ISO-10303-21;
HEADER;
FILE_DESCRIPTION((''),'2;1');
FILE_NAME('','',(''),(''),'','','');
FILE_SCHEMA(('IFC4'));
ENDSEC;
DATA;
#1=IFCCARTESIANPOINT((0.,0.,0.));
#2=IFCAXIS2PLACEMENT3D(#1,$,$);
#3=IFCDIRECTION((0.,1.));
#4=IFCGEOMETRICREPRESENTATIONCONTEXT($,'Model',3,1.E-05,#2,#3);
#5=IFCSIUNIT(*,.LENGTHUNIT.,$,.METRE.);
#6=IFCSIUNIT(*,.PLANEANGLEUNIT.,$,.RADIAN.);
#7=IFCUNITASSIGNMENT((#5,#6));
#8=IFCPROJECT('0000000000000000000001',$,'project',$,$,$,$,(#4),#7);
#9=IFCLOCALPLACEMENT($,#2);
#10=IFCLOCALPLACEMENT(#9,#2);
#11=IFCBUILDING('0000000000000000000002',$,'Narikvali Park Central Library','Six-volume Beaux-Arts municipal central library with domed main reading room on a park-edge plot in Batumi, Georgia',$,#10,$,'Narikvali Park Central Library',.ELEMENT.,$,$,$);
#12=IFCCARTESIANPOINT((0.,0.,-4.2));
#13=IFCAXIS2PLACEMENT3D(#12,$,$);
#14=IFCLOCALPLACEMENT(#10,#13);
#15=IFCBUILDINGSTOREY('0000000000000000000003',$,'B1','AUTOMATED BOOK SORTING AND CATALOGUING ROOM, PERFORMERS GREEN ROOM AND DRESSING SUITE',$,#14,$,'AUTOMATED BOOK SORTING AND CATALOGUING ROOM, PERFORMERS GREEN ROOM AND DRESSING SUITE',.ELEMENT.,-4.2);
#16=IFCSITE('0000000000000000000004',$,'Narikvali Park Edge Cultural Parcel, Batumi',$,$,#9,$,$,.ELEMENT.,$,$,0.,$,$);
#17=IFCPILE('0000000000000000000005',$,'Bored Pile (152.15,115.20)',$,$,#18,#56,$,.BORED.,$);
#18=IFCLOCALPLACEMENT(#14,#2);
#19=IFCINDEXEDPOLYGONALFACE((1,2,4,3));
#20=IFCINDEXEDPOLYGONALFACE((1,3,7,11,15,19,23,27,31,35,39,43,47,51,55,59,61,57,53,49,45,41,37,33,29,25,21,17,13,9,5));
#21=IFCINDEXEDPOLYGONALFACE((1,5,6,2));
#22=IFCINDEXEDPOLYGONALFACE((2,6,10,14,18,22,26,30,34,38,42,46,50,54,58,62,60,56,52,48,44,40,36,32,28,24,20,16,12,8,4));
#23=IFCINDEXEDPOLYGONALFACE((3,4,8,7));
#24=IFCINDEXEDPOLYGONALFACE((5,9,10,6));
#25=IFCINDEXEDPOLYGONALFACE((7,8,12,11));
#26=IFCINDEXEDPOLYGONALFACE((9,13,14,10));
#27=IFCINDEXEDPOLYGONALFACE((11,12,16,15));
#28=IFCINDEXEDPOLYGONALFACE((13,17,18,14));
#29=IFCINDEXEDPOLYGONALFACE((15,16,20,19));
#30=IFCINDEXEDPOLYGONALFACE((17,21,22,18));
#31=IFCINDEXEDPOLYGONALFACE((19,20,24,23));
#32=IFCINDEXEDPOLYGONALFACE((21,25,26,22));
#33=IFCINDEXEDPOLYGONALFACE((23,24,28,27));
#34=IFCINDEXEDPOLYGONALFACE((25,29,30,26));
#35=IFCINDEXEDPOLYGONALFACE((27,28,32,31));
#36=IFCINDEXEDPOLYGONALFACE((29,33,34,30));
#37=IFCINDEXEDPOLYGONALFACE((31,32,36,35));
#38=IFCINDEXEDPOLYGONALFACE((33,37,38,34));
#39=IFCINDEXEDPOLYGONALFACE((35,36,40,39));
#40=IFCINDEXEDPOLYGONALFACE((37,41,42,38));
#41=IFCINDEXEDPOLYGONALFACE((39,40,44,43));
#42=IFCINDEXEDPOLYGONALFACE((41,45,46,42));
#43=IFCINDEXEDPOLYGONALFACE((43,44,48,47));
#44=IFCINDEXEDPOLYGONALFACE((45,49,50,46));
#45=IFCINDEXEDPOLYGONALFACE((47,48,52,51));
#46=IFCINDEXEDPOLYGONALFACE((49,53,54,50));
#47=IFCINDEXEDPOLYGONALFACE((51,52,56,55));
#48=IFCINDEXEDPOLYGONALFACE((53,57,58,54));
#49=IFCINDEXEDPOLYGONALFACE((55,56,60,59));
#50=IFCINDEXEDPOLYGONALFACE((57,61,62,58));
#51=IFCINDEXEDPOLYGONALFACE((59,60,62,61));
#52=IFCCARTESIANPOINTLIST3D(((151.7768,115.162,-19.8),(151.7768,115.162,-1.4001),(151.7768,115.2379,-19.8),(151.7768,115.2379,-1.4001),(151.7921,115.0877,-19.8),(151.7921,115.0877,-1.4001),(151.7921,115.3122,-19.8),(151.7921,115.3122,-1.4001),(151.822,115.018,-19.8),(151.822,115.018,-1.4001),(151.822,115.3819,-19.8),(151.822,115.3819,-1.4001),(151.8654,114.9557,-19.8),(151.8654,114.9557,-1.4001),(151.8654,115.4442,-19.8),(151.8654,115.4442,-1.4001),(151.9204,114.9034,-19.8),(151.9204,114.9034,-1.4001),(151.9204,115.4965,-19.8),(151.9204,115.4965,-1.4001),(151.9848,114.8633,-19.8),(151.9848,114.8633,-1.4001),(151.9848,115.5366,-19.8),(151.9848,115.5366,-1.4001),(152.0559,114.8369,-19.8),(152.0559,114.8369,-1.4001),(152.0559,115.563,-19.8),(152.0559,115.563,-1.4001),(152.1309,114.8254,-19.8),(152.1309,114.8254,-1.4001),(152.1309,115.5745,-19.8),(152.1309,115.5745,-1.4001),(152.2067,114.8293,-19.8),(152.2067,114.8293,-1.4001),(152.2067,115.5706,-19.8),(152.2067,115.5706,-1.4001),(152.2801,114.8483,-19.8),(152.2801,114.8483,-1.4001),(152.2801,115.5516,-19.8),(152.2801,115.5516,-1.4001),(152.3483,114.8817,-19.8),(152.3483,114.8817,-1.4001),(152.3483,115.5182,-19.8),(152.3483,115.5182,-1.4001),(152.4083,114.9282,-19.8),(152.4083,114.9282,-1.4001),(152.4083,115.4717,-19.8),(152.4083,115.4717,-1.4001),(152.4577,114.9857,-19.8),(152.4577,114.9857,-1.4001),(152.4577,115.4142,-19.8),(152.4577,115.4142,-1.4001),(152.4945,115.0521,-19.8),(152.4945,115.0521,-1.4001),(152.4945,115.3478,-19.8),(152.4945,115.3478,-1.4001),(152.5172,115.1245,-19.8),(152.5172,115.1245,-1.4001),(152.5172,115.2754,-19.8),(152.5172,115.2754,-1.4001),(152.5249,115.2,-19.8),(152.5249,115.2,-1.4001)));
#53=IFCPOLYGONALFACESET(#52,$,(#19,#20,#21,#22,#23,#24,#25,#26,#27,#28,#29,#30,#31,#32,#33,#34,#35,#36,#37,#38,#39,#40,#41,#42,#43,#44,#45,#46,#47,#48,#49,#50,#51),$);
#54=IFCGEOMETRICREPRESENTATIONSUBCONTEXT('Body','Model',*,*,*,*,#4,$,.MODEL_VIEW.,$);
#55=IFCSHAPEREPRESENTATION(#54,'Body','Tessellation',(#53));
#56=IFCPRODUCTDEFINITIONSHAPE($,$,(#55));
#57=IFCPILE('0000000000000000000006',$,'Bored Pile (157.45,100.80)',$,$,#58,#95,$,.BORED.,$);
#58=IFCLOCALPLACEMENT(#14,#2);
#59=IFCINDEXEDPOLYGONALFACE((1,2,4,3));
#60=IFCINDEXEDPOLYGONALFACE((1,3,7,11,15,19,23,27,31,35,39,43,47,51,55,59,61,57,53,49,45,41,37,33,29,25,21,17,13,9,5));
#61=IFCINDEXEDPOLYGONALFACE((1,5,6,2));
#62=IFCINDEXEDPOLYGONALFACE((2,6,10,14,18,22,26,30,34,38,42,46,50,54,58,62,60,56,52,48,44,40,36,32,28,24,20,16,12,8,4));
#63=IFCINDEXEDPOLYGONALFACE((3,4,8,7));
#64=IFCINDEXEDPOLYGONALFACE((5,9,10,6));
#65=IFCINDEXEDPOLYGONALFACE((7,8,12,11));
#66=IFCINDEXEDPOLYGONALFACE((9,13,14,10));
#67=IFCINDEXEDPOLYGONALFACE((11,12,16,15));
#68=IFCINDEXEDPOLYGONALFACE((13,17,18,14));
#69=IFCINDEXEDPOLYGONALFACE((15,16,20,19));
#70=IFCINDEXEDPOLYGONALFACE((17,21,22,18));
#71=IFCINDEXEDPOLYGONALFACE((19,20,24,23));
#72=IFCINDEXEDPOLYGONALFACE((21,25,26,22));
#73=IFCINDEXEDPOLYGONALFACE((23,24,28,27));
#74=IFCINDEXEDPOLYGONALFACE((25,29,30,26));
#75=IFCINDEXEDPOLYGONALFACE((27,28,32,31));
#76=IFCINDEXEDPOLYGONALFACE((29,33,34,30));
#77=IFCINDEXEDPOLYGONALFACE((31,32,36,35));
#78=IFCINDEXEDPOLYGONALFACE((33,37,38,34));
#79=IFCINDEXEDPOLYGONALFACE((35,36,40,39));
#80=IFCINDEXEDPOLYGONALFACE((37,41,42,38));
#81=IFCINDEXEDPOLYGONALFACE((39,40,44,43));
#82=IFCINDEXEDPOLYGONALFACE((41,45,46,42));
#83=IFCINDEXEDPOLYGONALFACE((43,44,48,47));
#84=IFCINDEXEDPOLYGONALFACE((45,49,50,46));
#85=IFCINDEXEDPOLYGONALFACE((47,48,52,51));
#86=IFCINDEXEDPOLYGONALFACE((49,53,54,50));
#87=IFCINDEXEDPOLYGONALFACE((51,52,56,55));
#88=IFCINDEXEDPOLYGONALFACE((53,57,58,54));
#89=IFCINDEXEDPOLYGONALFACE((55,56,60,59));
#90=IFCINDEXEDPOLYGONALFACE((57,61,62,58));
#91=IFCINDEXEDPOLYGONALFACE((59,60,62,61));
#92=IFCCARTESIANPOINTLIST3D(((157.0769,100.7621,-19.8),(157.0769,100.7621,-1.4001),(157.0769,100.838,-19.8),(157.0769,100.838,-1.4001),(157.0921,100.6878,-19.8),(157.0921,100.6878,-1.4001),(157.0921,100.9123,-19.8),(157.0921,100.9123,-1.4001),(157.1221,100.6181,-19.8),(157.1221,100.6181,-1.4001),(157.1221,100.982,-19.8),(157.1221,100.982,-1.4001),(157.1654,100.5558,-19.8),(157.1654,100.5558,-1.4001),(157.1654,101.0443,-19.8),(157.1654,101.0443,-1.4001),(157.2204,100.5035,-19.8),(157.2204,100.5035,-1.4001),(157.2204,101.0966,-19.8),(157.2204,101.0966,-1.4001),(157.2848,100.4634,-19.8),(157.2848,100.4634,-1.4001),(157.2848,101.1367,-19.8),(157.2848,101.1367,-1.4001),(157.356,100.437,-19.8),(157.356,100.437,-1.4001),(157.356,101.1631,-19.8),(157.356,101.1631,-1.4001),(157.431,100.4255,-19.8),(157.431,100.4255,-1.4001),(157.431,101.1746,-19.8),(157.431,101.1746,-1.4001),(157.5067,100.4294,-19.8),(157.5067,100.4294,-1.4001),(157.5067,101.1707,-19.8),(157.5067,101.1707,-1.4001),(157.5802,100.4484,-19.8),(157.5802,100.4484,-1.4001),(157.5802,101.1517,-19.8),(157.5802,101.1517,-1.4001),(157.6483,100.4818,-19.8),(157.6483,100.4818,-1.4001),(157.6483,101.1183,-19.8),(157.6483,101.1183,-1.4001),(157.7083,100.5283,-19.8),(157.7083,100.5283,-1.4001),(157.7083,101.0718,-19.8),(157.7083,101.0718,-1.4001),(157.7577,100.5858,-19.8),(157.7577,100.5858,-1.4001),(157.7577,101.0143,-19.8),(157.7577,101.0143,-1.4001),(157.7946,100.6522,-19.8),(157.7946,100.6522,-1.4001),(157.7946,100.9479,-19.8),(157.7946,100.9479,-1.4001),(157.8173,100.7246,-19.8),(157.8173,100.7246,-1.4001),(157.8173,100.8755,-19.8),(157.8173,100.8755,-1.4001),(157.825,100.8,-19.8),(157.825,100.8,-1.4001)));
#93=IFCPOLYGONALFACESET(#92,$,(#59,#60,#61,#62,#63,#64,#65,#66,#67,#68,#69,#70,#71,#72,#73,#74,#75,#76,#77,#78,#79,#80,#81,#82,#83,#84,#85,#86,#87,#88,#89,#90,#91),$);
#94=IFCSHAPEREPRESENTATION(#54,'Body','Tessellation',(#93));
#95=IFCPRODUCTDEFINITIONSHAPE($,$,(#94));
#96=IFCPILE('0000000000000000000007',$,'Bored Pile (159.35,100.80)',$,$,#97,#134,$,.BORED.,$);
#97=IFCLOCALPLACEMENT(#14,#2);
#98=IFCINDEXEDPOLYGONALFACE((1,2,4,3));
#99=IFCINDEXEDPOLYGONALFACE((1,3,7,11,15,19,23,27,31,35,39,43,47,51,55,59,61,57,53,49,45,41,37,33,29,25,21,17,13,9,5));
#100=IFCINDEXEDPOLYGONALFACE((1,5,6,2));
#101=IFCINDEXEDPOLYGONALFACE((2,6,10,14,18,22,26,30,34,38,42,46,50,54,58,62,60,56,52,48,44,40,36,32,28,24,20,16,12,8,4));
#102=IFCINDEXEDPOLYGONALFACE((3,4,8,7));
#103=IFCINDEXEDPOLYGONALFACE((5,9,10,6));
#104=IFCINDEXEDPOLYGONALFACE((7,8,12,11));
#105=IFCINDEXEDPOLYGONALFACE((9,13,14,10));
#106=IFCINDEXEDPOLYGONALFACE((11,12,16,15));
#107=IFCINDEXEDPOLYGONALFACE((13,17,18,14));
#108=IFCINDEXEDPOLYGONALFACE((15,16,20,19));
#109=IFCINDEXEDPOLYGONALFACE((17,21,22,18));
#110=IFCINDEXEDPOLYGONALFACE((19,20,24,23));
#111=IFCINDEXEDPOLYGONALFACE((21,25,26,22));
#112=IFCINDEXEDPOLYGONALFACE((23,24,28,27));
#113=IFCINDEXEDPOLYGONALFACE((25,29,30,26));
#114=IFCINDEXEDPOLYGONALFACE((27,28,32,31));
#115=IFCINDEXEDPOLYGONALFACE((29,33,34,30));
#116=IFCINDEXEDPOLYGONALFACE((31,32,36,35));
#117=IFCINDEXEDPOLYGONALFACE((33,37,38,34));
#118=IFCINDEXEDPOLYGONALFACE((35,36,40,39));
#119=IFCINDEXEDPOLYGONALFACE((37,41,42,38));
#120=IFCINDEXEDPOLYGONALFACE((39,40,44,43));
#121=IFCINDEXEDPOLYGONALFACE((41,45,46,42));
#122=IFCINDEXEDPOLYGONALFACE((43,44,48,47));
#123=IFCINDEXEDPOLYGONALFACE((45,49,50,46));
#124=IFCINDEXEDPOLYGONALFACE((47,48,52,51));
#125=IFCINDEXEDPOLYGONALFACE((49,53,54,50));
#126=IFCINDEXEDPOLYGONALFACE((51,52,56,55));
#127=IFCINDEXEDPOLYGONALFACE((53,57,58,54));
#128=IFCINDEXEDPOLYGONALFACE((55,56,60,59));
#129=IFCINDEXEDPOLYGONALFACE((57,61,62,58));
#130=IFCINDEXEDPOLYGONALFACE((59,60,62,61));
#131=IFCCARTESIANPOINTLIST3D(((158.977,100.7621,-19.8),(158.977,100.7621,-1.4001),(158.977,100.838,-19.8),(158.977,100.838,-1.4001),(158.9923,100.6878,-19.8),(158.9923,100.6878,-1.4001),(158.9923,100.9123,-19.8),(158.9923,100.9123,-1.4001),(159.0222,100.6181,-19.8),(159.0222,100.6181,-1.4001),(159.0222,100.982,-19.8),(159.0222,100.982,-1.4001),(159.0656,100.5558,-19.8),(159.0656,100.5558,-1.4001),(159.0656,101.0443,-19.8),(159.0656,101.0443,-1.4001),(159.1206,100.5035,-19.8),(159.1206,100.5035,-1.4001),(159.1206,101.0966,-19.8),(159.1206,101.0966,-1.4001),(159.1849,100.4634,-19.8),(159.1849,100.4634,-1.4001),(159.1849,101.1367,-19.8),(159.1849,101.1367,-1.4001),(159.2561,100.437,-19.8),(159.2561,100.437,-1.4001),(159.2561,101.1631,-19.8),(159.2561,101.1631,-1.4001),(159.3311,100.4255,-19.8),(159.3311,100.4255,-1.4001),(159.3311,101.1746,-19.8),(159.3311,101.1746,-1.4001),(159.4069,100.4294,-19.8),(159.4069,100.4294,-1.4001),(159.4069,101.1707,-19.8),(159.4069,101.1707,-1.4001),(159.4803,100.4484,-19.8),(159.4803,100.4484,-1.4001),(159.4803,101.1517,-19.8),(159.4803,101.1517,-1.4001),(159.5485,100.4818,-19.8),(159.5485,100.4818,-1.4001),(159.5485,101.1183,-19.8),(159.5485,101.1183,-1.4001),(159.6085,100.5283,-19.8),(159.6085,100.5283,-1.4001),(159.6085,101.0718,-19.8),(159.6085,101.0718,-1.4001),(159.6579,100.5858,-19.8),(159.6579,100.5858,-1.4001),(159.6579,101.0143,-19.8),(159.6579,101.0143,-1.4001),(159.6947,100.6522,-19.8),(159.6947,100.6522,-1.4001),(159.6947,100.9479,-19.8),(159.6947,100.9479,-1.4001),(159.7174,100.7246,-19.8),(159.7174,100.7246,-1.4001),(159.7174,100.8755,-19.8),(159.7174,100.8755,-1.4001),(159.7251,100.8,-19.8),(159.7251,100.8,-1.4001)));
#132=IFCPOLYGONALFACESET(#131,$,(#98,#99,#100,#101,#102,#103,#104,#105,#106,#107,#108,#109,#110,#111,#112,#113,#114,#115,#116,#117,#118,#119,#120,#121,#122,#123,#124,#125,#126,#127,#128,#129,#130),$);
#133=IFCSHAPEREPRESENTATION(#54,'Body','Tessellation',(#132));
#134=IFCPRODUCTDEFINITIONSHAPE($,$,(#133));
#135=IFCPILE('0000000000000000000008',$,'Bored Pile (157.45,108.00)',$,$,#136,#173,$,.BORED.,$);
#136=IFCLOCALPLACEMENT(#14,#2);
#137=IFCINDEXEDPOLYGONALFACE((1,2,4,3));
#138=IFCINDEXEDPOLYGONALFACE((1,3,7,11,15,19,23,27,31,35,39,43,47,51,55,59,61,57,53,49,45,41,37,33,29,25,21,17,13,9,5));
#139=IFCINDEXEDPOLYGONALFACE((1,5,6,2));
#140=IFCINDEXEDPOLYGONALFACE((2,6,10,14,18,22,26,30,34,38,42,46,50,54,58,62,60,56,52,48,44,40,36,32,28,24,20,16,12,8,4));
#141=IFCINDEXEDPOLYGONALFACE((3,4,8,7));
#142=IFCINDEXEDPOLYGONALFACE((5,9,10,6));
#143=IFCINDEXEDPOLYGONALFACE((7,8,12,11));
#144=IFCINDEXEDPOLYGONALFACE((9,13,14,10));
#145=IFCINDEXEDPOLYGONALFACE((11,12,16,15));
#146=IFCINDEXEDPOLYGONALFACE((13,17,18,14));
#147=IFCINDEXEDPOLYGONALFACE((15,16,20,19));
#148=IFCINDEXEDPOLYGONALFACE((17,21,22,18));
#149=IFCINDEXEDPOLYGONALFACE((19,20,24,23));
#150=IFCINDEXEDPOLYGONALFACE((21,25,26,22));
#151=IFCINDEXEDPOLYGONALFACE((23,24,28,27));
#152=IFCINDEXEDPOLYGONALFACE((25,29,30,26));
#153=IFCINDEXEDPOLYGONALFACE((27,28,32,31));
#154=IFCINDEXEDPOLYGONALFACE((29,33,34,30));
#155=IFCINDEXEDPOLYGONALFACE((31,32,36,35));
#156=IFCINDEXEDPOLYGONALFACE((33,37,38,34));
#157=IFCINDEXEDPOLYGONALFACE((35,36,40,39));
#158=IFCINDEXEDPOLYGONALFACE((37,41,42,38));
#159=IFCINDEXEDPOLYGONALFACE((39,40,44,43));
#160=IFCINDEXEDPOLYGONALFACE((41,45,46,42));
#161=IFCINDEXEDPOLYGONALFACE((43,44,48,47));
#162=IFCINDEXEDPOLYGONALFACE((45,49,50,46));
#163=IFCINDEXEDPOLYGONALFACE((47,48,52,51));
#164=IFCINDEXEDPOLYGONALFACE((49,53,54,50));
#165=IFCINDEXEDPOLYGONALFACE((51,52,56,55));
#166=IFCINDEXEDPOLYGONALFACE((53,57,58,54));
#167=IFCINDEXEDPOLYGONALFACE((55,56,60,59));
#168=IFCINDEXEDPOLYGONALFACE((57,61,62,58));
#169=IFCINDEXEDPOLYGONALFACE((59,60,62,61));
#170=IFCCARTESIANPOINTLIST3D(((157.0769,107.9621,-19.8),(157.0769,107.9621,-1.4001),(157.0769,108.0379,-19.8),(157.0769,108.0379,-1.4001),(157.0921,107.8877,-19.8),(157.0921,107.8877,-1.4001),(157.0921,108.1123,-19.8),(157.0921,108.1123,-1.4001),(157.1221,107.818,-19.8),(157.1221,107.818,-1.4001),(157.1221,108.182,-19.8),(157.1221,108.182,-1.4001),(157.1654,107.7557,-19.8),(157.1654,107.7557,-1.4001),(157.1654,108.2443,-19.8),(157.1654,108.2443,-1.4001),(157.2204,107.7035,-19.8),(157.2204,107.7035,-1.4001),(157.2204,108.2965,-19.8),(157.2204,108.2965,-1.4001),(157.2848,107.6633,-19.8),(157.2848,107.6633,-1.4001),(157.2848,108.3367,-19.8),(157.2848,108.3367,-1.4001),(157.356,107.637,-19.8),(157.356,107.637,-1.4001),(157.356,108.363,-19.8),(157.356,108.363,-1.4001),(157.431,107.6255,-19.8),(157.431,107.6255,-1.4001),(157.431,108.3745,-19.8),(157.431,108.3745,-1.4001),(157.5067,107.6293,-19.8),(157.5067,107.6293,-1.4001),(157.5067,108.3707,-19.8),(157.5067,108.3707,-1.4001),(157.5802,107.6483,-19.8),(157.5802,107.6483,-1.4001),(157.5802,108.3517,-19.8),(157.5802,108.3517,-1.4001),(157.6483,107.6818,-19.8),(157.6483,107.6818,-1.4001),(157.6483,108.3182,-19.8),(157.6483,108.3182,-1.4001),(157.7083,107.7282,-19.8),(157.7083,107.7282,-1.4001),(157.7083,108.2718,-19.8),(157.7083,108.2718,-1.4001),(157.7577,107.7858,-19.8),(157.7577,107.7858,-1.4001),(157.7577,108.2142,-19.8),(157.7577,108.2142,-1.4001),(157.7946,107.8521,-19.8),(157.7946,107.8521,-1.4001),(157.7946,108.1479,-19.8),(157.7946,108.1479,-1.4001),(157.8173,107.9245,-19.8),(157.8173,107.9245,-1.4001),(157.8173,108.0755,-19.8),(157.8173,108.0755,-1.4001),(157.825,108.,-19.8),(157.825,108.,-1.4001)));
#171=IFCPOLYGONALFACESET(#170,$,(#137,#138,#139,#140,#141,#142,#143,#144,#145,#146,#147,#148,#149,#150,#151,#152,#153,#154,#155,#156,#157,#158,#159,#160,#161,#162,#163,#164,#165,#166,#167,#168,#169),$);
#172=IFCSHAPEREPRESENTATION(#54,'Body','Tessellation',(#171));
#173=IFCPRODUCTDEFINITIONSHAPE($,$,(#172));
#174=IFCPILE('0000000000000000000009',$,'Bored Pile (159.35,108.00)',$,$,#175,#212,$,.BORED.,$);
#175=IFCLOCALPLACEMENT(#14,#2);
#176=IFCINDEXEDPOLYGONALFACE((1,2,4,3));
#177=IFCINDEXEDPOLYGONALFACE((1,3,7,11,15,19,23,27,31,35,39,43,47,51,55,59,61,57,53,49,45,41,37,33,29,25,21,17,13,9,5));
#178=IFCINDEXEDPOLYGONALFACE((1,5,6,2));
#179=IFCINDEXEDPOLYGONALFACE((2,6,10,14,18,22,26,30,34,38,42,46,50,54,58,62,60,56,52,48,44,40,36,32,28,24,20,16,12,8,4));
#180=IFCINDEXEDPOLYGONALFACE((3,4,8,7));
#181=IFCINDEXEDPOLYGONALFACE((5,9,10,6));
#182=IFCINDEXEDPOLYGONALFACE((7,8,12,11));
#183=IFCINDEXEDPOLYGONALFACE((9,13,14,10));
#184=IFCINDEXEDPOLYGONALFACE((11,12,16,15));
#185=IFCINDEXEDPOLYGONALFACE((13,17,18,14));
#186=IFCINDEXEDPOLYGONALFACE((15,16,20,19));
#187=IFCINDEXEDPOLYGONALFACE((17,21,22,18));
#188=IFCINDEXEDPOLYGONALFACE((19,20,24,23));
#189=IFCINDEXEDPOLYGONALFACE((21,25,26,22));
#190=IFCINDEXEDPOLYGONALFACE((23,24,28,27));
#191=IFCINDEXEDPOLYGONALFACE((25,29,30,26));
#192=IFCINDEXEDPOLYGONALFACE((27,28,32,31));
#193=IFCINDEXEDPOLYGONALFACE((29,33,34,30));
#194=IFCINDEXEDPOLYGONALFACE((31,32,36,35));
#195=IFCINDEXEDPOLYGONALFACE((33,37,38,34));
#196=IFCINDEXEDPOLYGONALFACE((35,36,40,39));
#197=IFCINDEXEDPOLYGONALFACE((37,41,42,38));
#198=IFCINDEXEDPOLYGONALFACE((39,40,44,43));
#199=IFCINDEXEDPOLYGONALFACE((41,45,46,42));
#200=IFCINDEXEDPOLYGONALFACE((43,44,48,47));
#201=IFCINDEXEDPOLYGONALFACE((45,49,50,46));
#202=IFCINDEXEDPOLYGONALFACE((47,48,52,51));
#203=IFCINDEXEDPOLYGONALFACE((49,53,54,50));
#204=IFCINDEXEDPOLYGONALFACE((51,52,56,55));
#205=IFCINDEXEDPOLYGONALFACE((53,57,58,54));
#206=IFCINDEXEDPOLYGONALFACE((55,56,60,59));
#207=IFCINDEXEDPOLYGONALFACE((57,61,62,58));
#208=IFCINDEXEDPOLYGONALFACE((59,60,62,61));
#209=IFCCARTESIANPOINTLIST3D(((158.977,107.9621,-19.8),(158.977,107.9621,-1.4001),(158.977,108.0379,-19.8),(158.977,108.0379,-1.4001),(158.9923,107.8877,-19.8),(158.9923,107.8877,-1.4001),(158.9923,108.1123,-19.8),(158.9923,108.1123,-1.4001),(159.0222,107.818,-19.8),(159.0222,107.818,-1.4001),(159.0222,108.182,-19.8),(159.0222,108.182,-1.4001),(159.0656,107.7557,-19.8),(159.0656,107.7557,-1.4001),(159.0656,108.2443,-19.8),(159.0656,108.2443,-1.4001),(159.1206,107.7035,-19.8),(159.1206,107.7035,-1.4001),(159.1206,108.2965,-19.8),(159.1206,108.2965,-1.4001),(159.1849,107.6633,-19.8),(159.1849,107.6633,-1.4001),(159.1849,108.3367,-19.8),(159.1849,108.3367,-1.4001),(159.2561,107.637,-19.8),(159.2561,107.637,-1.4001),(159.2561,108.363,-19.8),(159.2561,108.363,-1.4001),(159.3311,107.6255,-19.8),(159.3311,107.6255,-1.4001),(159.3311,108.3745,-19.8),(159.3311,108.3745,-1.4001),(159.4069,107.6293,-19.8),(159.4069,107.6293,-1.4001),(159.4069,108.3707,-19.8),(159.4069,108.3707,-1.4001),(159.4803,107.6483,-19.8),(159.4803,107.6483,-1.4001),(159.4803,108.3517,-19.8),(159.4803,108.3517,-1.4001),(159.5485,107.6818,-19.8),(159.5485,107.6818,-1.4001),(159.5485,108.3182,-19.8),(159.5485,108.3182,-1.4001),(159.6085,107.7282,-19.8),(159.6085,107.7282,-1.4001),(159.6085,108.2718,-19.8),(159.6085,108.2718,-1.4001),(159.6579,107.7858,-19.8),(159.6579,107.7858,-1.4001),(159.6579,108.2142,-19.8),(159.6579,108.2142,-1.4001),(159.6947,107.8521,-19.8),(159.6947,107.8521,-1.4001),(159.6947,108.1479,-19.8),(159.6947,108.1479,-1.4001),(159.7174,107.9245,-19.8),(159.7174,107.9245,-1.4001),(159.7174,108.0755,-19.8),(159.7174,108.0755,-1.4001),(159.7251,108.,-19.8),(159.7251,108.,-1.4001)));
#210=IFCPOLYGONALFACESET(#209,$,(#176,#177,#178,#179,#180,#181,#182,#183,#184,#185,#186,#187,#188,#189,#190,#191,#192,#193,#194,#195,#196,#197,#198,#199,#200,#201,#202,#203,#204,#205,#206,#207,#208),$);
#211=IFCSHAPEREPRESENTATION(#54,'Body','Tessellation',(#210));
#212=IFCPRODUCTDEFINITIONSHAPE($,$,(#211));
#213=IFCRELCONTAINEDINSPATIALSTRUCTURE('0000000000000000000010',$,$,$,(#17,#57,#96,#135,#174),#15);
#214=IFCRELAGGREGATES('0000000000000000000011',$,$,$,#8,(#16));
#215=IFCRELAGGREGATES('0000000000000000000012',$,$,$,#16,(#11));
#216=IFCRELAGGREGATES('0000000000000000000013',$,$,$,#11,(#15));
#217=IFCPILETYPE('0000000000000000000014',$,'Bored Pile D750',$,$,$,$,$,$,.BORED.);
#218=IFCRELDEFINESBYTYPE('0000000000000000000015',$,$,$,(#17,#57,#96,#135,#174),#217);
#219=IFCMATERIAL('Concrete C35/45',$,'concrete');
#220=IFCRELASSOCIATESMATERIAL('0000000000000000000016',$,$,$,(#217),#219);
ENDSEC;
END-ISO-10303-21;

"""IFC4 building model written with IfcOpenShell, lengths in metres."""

from ifc_helpers import new_model, si_unit, direction, frame, origin, origin_2d, place, context, subcontext, project, spatial, circle, extrude, material, material_profile, profile_set, type_object, element, save


model = new_model("IFC4")

# Units and contexts
model_context = context("Model", 3, precision=1e-05, world=origin(), true_north=direction((0.0, 1.0)))
body_context = subcontext(model_context, "Body", "Model", "MODEL_VIEW")
ifc_project = project(units=[si_unit("LENGTHUNIT", "METRE"), si_unit("PLANEANGLEUNIT", "RADIAN")], contexts=[model_context])

# Site, building, storey
site_placement = place(None, origin())
site = spatial("IfcSite", under=ifc_project, at=site_placement, Name="Narikvali Park Edge Cultural Parcel, Batumi", CompositionType="ELEMENT", RefElevation=0.0)
building_placement = place(site_placement, origin())
building = spatial("IfcBuilding", under=site, at=building_placement, Name="Narikvali Park Central Library", Description="Six-volume Beaux-Arts municipal central library with domed main reading room on a park-edge plot in Batumi, Georgia", LongName="Narikvali Park Central Library", CompositionType="ELEMENT")
storey_placement = place(building_placement, frame((0.0, 0.0, -4.2)))
storey = spatial("IfcBuildingStorey", under=building, at=storey_placement, Name="B1", Description="AUTOMATED BOOK SORTING AND CATALOGUING ROOM, PERFORMERS GREEN ROOM AND DRESSING SUITE", LongName="AUTOMATED BOOK SORTING AND CATALOGUING ROOM, PERFORMERS GREEN ROOM AND DRESSING SUITE", CompositionType="ELEMENT", Elevation=-4.2)

# Piles
ifc_material_1 = material(Name="Concrete C35/45", Category="concrete")
ifc_material_profile_1 = material_profile(ifc_material_1, circle(Radius=0.375, at=origin_2d()), Name="PILE D750")
ifc_profile_set_1 = profile_set([ifc_material_profile_1], Name="Concrete C35/45")
pile_type = type_object("IfcPileType", Name="Bored Pile D750", PredefinedType="BORED", material=ifc_profile_set_1)
for number, where, z_axis, x_axis, name in (
    (1, (152.1499, 115.2, -1.4001), (0.0, 0.0, -1.0), (1.0, 0.0, 0.0), "Bored Pile (152.15,115.20)"),
    (2, (157.45, 100.8, -1.4001), (0.0, 0.0, -1.0), (1.0, 0.0, 0.0), "Bored Pile (157.45,100.80)"),
    (3, (159.3501, 100.8, -1.4001), (0.0, 0.0, -1.0), (1.0, 0.0, 0.0), "Bored Pile (159.35,100.80)"),
    (4, (157.45, 108.0, -1.4001), (0.0, 0.0, -1.0), (1.0, 0.0, 0.0), "Bored Pile (157.45,108.00)"),
    (5, (159.3501, 108.0, -1.4001), (0.0, 0.0, -1.0), (1.0, 0.0, 0.0), "Bored Pile (159.35,108.00)"),
):
    element("IfcPile", number, at=place(storey_placement, frame(where, z_axis=z_axis, x_axis=x_axis)), inside=storey, type_object=pile_type, Name=name, PredefinedType="BORED", context=body_context, shape_type="SweptSolid", body=[
        extrude(circle(Radius=0.375, at=origin_2d()), origin(), (0.0, 0.0, 1.0), 18.3999),
    ])

save(model, "model.ifc")
